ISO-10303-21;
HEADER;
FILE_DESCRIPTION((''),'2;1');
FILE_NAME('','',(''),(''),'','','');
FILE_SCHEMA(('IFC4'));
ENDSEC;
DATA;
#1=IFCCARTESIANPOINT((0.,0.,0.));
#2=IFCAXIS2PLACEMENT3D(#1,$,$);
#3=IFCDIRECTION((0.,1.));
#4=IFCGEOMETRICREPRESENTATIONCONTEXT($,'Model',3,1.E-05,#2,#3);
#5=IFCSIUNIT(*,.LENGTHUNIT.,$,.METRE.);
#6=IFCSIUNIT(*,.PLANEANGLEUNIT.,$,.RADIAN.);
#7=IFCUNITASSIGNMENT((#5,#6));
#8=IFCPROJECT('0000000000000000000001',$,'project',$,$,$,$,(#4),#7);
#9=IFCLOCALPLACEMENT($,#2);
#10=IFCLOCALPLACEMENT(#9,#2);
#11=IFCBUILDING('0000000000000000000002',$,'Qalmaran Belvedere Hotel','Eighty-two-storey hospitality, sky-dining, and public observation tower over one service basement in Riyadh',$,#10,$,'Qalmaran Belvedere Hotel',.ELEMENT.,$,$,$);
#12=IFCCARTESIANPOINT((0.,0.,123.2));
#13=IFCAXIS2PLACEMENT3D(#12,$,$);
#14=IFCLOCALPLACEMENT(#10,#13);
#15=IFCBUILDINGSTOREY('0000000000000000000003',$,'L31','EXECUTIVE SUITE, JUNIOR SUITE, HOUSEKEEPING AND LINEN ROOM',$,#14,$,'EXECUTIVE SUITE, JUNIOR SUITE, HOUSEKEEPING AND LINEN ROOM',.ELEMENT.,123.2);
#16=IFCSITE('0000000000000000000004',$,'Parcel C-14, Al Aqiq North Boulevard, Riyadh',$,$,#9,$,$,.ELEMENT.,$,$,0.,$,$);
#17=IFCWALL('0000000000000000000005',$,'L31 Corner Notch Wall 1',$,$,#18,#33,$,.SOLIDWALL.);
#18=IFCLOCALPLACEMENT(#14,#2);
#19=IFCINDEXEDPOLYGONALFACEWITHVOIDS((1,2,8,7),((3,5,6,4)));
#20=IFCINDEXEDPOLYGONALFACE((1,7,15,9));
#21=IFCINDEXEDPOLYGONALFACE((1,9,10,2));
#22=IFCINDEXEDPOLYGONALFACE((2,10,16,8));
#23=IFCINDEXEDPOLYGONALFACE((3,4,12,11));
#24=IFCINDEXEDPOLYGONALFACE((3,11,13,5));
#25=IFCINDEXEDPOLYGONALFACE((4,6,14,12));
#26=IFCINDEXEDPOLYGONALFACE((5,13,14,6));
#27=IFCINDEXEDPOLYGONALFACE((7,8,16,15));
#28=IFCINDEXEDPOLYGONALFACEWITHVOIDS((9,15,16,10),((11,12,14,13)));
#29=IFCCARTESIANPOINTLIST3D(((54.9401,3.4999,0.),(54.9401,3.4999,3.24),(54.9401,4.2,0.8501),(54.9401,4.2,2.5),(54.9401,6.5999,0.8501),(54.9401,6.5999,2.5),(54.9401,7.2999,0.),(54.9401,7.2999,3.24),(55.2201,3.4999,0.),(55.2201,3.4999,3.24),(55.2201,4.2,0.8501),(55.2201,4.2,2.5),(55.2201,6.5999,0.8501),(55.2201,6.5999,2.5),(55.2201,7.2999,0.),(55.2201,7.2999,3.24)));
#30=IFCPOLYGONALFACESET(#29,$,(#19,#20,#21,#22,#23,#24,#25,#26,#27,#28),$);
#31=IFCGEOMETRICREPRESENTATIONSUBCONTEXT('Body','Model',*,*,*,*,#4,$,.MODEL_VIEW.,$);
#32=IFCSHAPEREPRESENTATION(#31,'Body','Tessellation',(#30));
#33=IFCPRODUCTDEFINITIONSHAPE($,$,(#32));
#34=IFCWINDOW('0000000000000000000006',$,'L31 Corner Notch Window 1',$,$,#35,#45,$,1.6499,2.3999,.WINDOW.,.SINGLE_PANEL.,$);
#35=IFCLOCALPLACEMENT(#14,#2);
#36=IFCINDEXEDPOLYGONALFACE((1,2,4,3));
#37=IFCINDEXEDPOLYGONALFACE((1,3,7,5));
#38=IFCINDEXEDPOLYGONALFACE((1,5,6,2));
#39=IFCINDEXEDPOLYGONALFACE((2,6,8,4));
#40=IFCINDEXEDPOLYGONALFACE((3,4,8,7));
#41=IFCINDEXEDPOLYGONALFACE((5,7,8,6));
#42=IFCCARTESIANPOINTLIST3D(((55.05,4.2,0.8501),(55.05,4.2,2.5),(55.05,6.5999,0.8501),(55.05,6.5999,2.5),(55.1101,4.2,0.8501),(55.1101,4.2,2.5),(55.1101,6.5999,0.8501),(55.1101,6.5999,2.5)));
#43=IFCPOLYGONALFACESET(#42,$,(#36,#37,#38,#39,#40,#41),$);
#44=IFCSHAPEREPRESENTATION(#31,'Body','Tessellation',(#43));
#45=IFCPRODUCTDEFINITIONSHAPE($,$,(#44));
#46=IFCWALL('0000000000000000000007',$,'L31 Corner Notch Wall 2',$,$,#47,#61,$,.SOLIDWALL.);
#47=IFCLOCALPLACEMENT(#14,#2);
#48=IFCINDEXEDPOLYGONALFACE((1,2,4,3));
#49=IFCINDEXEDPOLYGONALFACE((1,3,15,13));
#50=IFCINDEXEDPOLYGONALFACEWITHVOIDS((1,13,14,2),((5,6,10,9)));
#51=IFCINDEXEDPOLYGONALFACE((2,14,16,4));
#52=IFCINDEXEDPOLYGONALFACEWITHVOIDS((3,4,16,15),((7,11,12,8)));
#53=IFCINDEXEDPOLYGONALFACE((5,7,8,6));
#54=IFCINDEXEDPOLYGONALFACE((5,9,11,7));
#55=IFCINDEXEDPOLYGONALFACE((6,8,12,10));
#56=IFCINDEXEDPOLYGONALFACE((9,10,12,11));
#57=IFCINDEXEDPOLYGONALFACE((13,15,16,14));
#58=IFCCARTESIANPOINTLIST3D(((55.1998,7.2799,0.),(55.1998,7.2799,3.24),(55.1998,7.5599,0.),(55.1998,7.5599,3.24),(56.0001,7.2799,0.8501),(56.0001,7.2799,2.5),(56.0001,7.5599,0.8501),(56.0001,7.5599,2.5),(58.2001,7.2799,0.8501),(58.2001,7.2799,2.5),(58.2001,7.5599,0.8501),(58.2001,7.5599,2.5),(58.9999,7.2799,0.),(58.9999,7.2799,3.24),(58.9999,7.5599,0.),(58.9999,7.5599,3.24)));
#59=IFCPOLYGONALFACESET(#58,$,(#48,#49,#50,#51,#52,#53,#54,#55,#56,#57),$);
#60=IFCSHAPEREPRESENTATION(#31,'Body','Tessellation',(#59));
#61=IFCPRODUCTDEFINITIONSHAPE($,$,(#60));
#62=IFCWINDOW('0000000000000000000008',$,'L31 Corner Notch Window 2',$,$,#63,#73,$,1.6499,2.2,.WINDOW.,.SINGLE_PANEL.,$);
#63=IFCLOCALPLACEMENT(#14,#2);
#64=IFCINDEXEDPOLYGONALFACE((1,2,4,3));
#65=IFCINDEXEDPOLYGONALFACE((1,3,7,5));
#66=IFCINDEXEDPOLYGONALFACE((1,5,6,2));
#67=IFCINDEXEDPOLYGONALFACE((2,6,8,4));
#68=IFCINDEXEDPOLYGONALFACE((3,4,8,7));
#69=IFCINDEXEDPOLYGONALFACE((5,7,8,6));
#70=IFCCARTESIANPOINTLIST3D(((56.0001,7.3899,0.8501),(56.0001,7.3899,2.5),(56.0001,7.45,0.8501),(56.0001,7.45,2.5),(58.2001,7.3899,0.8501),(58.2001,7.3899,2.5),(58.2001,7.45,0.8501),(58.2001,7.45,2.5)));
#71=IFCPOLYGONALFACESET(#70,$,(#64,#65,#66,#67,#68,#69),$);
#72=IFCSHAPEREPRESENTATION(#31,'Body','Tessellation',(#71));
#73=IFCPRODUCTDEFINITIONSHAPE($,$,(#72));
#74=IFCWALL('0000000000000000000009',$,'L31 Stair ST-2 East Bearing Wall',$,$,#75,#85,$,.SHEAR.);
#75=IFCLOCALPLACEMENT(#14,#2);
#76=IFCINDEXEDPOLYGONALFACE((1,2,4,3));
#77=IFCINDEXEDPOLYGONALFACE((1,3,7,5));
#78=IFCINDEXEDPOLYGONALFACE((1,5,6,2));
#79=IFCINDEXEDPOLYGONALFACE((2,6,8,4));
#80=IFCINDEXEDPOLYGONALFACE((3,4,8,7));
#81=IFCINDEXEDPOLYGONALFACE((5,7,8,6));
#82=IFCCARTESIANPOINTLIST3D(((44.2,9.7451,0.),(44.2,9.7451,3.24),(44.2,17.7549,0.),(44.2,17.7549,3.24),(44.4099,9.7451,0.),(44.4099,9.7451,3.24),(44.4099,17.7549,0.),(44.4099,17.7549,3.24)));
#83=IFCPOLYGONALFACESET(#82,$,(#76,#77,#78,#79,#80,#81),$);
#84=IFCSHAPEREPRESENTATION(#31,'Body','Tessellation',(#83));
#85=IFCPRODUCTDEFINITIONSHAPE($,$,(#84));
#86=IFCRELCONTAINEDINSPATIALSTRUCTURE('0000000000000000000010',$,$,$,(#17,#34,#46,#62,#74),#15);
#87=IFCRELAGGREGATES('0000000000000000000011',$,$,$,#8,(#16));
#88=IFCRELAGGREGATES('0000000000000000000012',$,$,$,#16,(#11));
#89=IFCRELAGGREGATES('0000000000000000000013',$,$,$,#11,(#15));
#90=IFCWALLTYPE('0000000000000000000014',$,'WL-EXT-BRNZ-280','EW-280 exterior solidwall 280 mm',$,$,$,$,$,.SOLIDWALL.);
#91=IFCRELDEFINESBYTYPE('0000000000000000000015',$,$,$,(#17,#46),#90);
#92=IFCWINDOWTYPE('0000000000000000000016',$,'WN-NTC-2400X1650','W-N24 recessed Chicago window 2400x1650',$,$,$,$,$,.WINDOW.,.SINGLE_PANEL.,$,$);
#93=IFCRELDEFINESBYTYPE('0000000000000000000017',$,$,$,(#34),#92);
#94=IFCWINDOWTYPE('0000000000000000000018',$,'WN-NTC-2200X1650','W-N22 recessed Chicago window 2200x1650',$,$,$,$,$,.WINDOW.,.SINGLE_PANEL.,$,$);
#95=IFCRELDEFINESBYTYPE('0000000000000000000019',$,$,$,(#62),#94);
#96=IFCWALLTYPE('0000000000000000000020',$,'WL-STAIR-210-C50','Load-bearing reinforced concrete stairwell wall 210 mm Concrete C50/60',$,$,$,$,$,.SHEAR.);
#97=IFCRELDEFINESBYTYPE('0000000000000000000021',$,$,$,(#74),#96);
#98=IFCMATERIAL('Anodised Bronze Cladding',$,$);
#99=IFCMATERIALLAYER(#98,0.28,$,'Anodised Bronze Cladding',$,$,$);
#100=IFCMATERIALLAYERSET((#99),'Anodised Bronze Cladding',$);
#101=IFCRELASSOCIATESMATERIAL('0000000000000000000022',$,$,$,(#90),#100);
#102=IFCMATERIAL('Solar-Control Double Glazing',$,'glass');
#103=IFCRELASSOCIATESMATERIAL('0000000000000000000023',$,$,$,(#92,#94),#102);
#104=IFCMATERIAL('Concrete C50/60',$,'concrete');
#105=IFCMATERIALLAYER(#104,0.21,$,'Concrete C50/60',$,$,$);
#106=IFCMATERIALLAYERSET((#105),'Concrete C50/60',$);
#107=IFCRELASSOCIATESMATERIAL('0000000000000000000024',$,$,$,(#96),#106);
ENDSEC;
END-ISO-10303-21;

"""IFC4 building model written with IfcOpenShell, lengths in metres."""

from ifc_helpers import new_model, si_unit, direction, frame, frame_2d, origin, place, context, subcontext, project, spatial, rectangle, extrude, material, layer, layer_set, type_object, element, fill, save


model = new_model("IFC4")

# Units and contexts
model_context = context("Model", 3, precision=1e-05, world=origin(), true_north=direction((0.0, 1.0)))
body_context = subcontext(model_context, "Body", "Model", "MODEL_VIEW")
ifc_project = project(units=[si_unit("LENGTHUNIT", "METRE"), si_unit("PLANEANGLEUNIT", "RADIAN")], contexts=[model_context])

# Site, building, storey
site_placement = place(None, origin())
site = spatial("IfcSite", under=ifc_project, at=site_placement, Name="Parcel C-14, Al Aqiq North Boulevard, Riyadh", CompositionType="ELEMENT", RefElevation=0.0)
building_placement = place(site_placement, origin())
building = spatial("IfcBuilding", under=site, at=building_placement, Name="Qalmaran Belvedere Hotel", Description="Eighty-two-storey hospitality, sky-dining, and public observation tower over one service basement in Riyadh", LongName="Qalmaran Belvedere Hotel", CompositionType="ELEMENT")
storey_placement = place(building_placement, frame((0.0, 0.0, 123.2)))
storey = spatial("IfcBuildingStorey", under=building, at=storey_placement, Name="L31", Description="EXECUTIVE SUITE, JUNIOR SUITE, HOUSEKEEPING AND LINEN ROOM", LongName="EXECUTIVE SUITE, JUNIOR SUITE, HOUSEKEEPING AND LINEN ROOM", CompositionType="ELEMENT", Elevation=123.2)

# Shared definitions
ifc_material_1 = material(Name="Solar-Control Double Glazing", Category="glass")

# Walls, openings, windows
ifc_material_2 = material(Name="Anodised Bronze Cladding")
ifc_layer_1 = layer(ifc_material_2, 0.28, Name="Anodised Bronze Cladding")
ifc_layer_set_1 = layer_set([ifc_layer_1], Name="Anodised Bronze Cladding")
wall_type_1 = type_object("IfcWallType", Name="WL-EXT-BRNZ-280", Description="EW-280 exterior solidwall 280 mm", PredefinedType="SOLIDWALL", material=ifc_layer_set_1)
wall_1_placement = place(storey_placement, frame((55.0801, 3.5, 0.0), z_axis=(0.0, 0.0, 1.0), x_axis=(0.0, 1.0, 0.0)))
wall_1 = element("IfcWall", 1, at=wall_1_placement, inside=storey, type_object=wall_type_1, Name="L31 Corner Notch Wall 1", PredefinedType="SOLIDWALL", context=body_context, shape_type="SweptSolid", body=[
    extrude(rectangle(XDim=3.8, YDim=0.28, at=frame_2d((1.8999, 0.0))), origin(), (0.0, 0.0, 1.0), 3.24),
])
opening_1_placement = place(wall_1_placement, frame((0.7, 0.0, 0.8501)))
opening_1 = element("IfcOpeningElement", 2, at=opening_1_placement, cuts=wall_1, PredefinedType="OPENING", context=body_context, shape_type="SweptSolid", body=[
    extrude(rectangle(XDim=2.3999, YDim=1.6499, at=frame_2d((1.2, 0.825))), frame((0.0, 0.1499, 0.0), z_axis=(0.0, -1.0, 0.0), x_axis=(1.0, 0.0, 0.0)), (0.0, 0.0, 1.0), 0.3),
])
window_type_1 = type_object("IfcWindowType", Name="WN-NTC-2400X1650", Description="W-N24 recessed Chicago window 2400x1650", PartitioningType="SINGLE_PANEL", PredefinedType="WINDOW", material=ifc_material_1)
window_1_placement = place(opening_1_placement, origin())
window_1 = element("IfcWindow", 3, at=window_1_placement, inside=storey, type_object=window_type_1, Name="L31 Corner Notch Window 1", OverallHeight=1.6499, OverallWidth=2.3999, PartitioningType="SINGLE_PANEL", PredefinedType="WINDOW", context=body_context, shape_type="SweptSolid", body=[
    extrude(rectangle(XDim=2.3999, YDim=1.6499, at=frame_2d((1.2, 0.825))), frame((0.0, 0.03, 0.0), z_axis=(0.0, -1.0, 0.0), x_axis=(1.0, 0.0, 0.0)), (0.0, 0.0, 1.0), 0.0601),
])
fill(opening_1, window_1)
wall_2_placement = place(storey_placement, frame((55.2, 7.4199, 0.0), z_axis=(0.0, 0.0, 1.0), x_axis=(1.0, 0.0, 0.0)))
wall_2 = element("IfcWall", 4, at=wall_2_placement, inside=storey, type_object=wall_type_1, Name="L31 Corner Notch Wall 2", PredefinedType="SOLIDWALL", context=body_context, shape_type="SweptSolid", body=[
    extrude(rectangle(XDim=3.8, YDim=0.28, at=frame_2d((1.8999, 0.0))), origin(), (0.0, 0.0, 1.0), 3.24),
])
opening_2_placement = place(wall_2_placement, frame((0.8, 0.0, 0.8501)))
opening_2 = element("IfcOpeningElement", 5, at=opening_2_placement, cuts=wall_2, PredefinedType="OPENING", context=body_context, shape_type="SweptSolid", body=[
    extrude(rectangle(XDim=2.2, YDim=1.6499, at=frame_2d((1.1001, 0.825))), frame((0.0, 0.1499, 0.0), z_axis=(0.0, -1.0, 0.0), x_axis=(1.0, 0.0, 0.0)), (0.0, 0.0, 1.0), 0.3),
])
window_type_2 = type_object("IfcWindowType", Name="WN-NTC-2200X1650", Description="W-N22 recessed Chicago window 2200x1650", PartitioningType="SINGLE_PANEL", PredefinedType="WINDOW", material=ifc_material_1)
window_2_placement = place(opening_2_placement, origin())
window_2 = element("IfcWindow", 6, at=window_2_placement, inside=storey, type_object=window_type_2, Name="L31 Corner Notch Window 2", OverallHeight=1.6499, OverallWidth=2.2, PartitioningType="SINGLE_PANEL", PredefinedType="WINDOW", context=body_context, shape_type="SweptSolid", body=[
    extrude(rectangle(XDim=2.2, YDim=1.6499, at=frame_2d((1.1001, 0.825))), frame((0.0, 0.03, 0.0), z_axis=(0.0, -1.0, 0.0), x_axis=(1.0, 0.0, 0.0)), (0.0, 0.0, 1.0), 0.0601),
])
fill(opening_2, window_2)

# Wall
ifc_material_3 = material(Name="Concrete C50/60", Category="concrete")
ifc_layer_2 = layer(ifc_material_3, 0.21, Name="Concrete C50/60")
ifc_layer_set_2 = layer_set([ifc_layer_2], Name="Concrete C50/60")
wall_type_2 = type_object("IfcWallType", Name="WL-STAIR-210-C50", Description="Load-bearing reinforced concrete stairwell wall 210 mm Concrete C50/60", PredefinedType="SHEAR", material=ifc_layer_set_2)
wall_3_placement = place(storey_placement, frame((44.3049, 9.7451, 0.0), z_axis=(0.0, 0.0, 1.0), x_axis=(0.0, 1.0, 0.0)))
element("IfcWall", 7, at=wall_3_placement, inside=storey, type_object=wall_type_2, Name="L31 Stair ST-2 East Bearing Wall", PredefinedType="SHEAR", context=body_context, shape_type="SweptSolid", body=[
    extrude(rectangle(XDim=8.0098, YDim=0.21, at=frame_2d((4.0049, 0.0))), origin(), (0.0, 0.0, 1.0), 3.24),
])

save(model, "model.ifc")
